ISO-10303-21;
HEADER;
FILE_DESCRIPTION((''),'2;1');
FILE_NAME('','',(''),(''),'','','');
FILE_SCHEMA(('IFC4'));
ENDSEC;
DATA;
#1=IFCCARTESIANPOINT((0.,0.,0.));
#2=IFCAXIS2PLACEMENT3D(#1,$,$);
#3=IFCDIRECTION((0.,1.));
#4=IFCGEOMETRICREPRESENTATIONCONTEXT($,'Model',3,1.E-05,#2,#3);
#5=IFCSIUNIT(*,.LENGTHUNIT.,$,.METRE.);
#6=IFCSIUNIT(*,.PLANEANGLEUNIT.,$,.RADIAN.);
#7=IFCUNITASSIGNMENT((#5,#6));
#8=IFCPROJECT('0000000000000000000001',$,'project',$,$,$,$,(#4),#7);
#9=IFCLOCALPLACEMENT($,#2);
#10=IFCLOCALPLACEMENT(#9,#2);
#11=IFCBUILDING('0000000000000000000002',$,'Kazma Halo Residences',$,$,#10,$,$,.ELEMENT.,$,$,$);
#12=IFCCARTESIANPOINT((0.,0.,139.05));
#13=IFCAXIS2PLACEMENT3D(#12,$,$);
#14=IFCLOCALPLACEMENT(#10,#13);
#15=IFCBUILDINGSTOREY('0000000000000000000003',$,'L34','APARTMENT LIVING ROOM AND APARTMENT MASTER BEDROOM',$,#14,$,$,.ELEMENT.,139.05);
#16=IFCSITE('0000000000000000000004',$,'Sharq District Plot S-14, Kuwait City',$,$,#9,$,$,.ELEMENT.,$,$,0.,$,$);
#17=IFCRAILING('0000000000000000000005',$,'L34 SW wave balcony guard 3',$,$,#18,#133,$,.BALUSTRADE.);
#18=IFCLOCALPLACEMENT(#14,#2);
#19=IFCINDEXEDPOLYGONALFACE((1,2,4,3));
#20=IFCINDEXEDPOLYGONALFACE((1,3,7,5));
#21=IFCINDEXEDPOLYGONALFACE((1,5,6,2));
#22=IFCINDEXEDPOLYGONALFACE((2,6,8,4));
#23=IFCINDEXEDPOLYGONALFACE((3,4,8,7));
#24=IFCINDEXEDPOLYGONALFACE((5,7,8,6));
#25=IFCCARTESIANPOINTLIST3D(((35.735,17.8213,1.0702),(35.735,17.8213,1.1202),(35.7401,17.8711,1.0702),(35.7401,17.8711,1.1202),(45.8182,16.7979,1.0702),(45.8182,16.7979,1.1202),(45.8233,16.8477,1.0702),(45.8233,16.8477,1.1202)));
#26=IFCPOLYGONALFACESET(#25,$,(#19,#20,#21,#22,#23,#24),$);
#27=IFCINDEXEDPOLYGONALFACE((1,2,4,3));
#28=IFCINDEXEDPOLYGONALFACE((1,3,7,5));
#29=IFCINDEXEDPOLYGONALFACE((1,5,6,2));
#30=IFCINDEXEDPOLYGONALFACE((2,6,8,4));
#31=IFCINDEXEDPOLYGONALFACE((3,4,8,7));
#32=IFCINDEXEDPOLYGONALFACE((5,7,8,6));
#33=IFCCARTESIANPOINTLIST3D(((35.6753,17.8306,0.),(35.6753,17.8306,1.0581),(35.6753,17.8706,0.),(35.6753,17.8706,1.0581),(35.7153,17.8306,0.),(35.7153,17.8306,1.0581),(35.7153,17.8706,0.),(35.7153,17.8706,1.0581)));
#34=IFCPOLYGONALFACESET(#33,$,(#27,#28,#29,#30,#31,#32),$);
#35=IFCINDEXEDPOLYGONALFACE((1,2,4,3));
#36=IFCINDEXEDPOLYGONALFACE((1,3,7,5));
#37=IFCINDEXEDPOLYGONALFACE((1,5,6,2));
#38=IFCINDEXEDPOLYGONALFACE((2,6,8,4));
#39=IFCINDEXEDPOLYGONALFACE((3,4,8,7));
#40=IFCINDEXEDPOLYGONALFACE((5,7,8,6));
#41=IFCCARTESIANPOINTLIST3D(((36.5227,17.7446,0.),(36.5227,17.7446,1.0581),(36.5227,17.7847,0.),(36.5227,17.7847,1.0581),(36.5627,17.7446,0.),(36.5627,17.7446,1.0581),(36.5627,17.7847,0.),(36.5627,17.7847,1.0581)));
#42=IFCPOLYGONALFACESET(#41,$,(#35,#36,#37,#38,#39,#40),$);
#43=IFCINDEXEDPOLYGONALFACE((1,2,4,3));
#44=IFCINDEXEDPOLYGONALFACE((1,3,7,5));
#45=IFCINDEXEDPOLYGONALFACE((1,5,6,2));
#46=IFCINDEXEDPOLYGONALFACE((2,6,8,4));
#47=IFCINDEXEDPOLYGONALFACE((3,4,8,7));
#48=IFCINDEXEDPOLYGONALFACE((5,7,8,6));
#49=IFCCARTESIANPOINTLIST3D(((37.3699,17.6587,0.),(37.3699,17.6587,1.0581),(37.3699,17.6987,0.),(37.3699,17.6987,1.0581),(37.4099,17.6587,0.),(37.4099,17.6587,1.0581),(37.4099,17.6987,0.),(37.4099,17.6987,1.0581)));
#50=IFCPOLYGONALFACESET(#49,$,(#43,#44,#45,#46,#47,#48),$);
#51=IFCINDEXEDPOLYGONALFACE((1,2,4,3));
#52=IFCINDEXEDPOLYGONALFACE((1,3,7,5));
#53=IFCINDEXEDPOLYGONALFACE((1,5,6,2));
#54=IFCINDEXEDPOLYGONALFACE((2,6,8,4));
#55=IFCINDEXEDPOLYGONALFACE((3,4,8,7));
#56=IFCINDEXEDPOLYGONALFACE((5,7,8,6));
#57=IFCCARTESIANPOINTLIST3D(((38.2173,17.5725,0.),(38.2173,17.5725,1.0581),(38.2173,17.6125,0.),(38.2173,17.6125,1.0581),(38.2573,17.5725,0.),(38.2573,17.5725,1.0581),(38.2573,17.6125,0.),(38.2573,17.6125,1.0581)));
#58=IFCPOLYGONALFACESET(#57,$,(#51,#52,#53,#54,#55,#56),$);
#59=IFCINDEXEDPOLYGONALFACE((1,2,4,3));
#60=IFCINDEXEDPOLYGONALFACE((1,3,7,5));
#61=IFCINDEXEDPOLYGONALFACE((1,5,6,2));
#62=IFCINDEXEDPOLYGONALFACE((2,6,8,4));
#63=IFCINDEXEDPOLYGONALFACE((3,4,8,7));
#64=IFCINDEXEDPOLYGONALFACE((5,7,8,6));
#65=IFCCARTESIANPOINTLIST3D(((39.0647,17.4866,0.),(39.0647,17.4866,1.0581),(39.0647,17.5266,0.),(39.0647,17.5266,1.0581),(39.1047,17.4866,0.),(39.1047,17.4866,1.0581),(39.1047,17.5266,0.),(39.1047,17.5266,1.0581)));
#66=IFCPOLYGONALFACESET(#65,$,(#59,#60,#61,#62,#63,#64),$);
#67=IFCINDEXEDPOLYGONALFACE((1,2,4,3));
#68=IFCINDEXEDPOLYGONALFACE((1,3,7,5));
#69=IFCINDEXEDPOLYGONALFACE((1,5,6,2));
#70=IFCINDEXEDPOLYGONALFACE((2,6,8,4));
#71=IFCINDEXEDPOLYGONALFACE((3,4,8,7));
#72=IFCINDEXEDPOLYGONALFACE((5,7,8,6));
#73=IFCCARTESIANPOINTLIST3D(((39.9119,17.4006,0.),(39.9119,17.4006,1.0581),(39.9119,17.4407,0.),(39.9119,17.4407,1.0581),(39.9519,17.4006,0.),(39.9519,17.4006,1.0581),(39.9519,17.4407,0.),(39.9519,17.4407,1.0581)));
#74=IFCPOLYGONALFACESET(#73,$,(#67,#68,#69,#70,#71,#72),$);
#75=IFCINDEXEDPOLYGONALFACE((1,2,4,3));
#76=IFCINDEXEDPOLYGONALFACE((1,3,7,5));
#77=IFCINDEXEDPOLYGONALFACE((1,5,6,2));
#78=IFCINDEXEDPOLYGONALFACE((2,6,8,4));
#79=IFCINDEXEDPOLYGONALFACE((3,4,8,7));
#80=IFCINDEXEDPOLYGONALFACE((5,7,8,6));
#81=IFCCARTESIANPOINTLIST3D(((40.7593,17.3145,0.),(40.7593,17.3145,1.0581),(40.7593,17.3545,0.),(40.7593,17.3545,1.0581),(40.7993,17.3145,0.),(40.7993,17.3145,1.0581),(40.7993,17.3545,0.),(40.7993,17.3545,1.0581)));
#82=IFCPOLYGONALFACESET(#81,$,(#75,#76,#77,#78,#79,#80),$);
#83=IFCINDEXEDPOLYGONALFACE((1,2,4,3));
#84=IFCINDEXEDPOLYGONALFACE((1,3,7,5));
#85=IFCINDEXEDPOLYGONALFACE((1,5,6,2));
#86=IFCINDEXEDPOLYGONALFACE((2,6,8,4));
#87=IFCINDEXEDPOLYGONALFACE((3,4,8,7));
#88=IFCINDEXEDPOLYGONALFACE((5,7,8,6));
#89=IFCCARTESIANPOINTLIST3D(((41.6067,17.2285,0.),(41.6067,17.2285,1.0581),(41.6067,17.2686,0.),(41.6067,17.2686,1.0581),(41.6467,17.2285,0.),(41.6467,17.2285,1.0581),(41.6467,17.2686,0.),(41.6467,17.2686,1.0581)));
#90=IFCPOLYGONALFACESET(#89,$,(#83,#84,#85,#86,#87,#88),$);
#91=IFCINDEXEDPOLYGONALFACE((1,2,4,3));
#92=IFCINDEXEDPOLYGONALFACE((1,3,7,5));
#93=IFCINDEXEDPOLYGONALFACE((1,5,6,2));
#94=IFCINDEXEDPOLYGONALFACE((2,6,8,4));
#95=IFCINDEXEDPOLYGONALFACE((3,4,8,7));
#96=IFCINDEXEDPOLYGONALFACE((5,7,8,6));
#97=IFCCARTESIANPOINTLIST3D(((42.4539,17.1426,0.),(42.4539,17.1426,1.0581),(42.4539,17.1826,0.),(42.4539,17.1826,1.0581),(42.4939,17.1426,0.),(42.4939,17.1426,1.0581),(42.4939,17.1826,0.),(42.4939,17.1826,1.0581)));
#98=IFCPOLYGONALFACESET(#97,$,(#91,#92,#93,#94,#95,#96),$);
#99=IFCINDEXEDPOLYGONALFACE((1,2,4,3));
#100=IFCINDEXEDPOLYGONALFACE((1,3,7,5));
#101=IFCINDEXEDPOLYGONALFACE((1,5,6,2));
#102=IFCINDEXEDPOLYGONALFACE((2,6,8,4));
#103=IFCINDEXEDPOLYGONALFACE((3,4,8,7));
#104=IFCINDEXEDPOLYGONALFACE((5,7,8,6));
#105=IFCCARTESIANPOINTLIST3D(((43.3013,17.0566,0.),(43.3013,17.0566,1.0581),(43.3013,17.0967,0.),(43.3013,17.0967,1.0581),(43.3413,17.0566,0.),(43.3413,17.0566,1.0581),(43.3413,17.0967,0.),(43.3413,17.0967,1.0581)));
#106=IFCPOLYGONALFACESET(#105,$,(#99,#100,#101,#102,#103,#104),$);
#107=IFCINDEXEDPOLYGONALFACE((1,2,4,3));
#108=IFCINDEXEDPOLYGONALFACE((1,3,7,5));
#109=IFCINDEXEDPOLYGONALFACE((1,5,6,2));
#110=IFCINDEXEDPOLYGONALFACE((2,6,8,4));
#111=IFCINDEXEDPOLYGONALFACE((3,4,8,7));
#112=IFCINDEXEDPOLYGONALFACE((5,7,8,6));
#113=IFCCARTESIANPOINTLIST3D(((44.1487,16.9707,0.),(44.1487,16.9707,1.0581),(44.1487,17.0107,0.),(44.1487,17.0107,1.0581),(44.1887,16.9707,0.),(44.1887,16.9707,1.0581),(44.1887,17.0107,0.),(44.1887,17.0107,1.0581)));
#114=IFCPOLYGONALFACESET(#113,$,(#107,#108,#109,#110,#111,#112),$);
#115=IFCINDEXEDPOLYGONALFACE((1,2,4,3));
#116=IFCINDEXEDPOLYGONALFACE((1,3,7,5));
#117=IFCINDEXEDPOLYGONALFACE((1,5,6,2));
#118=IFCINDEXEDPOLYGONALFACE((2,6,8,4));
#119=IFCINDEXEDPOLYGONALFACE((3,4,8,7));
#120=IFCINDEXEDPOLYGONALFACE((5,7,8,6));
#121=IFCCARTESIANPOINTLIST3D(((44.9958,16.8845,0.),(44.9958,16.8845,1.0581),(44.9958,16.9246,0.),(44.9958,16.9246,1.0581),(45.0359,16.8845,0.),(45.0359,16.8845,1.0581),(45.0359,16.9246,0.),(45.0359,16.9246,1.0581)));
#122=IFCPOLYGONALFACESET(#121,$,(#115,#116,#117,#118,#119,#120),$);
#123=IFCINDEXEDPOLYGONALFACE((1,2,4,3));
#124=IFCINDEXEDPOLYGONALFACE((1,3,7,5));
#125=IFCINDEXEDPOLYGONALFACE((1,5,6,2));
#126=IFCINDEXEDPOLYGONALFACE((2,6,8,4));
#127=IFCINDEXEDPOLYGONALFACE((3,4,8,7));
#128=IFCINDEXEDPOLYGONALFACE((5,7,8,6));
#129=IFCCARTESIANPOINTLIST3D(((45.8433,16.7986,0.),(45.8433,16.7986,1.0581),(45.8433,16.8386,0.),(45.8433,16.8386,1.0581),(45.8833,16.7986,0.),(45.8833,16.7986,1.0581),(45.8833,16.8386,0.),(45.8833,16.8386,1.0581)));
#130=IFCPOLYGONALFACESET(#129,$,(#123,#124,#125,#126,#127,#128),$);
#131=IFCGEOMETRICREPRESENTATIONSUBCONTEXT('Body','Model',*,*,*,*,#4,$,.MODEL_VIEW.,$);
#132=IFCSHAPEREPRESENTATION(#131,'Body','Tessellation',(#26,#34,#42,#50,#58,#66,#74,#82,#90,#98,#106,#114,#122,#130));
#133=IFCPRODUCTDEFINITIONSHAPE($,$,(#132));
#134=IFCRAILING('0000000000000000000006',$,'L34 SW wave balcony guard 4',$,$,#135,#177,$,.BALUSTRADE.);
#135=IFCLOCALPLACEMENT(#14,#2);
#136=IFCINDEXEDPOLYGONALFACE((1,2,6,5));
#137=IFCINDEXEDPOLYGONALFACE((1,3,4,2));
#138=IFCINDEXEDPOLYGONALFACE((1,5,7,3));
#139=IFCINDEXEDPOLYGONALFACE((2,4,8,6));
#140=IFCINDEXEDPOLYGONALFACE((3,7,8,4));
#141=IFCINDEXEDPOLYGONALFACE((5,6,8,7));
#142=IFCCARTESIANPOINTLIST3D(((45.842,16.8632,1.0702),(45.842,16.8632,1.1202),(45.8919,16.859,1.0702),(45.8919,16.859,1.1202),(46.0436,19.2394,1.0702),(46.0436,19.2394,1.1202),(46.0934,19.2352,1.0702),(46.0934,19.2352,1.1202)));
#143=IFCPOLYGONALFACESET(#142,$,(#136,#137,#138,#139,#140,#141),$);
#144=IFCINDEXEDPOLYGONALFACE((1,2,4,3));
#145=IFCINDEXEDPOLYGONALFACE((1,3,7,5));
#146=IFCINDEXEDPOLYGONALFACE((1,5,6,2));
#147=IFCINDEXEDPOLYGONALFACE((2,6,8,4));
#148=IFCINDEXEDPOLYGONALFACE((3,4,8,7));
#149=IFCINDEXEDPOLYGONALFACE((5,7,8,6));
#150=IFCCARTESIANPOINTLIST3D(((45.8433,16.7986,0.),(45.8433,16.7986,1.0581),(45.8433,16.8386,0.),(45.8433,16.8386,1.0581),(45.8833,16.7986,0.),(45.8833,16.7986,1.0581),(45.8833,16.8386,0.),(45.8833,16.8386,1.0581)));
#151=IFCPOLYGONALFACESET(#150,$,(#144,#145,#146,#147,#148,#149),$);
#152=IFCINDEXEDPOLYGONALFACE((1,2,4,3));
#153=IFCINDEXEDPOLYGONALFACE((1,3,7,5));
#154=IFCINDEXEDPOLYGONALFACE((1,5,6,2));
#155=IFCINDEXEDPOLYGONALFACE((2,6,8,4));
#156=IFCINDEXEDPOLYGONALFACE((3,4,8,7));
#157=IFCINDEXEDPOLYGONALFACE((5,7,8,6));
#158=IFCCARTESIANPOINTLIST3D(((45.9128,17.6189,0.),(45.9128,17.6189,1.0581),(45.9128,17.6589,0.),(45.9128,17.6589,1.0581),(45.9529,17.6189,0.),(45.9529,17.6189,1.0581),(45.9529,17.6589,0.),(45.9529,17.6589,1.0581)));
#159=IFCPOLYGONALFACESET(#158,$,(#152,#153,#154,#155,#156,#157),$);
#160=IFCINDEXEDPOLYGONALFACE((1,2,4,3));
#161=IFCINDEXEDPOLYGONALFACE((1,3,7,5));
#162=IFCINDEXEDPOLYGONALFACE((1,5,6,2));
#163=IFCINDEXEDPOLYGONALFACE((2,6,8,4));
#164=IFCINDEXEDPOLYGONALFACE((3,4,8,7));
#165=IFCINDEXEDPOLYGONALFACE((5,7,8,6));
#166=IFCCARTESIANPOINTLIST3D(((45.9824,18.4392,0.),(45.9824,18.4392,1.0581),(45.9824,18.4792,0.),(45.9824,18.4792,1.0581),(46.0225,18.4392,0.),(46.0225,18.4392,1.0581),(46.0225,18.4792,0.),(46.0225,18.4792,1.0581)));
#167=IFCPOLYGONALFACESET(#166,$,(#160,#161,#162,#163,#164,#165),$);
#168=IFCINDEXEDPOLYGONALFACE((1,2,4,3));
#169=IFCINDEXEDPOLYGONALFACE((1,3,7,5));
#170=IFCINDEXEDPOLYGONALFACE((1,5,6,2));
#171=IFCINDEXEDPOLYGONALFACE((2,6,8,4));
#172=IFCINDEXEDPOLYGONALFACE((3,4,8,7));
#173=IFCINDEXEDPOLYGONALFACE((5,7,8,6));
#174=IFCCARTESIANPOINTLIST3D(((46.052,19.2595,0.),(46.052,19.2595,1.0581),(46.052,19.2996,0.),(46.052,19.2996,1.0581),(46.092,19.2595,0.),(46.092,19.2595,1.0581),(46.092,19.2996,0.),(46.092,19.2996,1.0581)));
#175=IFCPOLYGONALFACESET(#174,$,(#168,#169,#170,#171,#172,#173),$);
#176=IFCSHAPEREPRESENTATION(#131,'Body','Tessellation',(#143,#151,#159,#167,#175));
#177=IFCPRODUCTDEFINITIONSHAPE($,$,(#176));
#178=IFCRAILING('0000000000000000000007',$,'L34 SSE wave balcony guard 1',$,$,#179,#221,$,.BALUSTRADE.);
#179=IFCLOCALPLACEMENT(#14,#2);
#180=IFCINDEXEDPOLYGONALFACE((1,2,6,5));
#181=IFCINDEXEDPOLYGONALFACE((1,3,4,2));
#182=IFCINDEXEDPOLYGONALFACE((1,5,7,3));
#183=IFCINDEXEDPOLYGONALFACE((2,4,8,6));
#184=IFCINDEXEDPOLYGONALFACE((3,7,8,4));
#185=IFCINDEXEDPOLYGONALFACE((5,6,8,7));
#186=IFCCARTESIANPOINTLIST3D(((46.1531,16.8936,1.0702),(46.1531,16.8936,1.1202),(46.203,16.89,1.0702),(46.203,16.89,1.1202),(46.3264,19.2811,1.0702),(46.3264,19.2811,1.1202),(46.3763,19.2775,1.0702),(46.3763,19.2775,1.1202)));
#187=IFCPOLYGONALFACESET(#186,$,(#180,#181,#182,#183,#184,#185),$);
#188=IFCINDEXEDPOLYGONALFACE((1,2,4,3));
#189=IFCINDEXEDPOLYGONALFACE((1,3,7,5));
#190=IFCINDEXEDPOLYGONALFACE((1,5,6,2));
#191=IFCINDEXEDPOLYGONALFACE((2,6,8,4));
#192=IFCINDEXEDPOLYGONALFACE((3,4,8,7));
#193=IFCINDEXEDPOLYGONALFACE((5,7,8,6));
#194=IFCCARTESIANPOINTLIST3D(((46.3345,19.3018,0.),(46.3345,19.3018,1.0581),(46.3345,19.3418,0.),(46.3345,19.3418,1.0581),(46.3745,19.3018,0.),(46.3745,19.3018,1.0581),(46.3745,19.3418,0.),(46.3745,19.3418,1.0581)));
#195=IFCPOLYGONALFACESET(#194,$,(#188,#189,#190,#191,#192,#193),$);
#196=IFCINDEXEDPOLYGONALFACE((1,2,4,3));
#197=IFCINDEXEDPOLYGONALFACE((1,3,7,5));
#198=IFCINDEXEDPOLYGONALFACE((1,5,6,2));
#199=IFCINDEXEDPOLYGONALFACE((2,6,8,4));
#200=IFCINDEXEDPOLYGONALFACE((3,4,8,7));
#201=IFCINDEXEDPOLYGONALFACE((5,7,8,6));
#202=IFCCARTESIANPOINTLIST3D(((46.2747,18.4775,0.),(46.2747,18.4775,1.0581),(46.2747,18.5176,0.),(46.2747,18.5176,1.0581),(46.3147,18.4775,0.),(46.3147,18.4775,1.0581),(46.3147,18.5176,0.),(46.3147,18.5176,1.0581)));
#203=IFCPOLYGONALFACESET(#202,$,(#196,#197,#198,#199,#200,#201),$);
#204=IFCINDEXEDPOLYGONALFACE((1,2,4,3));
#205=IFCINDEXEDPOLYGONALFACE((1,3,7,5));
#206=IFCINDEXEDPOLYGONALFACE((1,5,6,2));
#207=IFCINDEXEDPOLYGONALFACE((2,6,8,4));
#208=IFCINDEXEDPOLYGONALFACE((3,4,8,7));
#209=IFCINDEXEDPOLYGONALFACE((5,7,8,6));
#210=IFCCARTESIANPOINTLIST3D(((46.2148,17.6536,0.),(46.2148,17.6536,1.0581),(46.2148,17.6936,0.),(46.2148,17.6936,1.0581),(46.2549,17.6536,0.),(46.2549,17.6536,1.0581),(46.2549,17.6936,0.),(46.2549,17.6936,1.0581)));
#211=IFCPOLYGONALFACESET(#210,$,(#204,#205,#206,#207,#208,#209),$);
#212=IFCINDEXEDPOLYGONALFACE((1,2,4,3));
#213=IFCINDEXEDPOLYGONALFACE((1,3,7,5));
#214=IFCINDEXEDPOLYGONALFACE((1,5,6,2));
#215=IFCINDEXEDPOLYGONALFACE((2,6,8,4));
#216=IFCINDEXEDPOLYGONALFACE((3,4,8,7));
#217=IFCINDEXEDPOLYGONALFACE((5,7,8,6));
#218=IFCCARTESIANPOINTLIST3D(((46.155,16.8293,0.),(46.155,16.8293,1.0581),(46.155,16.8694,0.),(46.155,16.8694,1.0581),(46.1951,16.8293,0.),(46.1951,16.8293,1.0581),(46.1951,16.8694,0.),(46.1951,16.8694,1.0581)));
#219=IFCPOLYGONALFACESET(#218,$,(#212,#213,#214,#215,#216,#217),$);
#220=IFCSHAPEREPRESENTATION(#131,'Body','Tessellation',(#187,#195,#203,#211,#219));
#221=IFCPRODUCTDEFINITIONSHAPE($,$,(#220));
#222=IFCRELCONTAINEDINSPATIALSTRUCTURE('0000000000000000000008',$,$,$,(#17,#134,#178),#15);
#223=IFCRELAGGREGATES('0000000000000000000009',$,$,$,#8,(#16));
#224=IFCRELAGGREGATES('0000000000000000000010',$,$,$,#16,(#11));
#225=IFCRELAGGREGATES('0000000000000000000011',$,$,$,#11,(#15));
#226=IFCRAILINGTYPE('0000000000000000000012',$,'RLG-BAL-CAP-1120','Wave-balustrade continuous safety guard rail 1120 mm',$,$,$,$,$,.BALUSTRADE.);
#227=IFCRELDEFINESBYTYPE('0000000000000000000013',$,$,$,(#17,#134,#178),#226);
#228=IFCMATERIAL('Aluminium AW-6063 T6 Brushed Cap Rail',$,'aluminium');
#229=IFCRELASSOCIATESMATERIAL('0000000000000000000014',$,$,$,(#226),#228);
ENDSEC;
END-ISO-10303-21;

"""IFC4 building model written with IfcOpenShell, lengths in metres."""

from ifc_helpers import new_model, si_unit, direction, frame, origin, origin_2d, place, context, subcontext, project, spatial, rectangle, extrude, material, type_object, element, save


model = new_model("IFC4")

# Units and contexts
model_context = context("Model", 3, precision=1e-05, world=origin(), true_north=direction((0.0, 1.0)))
body_context = subcontext(model_context, "Body", "Model", "MODEL_VIEW")
ifc_project = project(units=[si_unit("LENGTHUNIT", "METRE"), si_unit("PLANEANGLEUNIT", "RADIAN")], contexts=[model_context])

# Site, building, storey
site_placement = place(None, origin())
site = spatial("IfcSite", under=ifc_project, at=site_placement, Name="Sharq District Plot S-14, Kuwait City", CompositionType="ELEMENT", RefElevation=0.0)
building_placement = place(site_placement, origin())
building = spatial("IfcBuilding", under=site, at=building_placement, Name="Kazma Halo Residences", CompositionType="ELEMENT")
storey_placement = place(building_placement, frame((0.0, 0.0, 139.05)))
storey = spatial("IfcBuildingStorey", under=building, at=storey_placement, Name="L34", Description="APARTMENT LIVING ROOM AND APARTMENT MASTER BEDROOM", CompositionType="ELEMENT", Elevation=139.05)

# Railings
ifc_material_1 = material(Name="Aluminium AW-6063 T6 Brushed Cap Rail", Category="aluminium")
railing_type = type_object("IfcRailingType", Name="RLG-BAL-CAP-1120", Description="Wave-balustrade continuous safety guard rail 1120 mm", PredefinedType="BALUSTRADE", material=ifc_material_1)
railing_1_placement = place(storey_placement, frame((35.6953, 17.8506, 0.0)))
element("IfcRailing", 1, at=railing_1_placement, inside=storey, type_object=railing_type, Name="L34 SW wave balcony guard 3", PredefinedType="BALUSTRADE", context=body_context, shape_type="SweptSolid", body=[
    extrude(rectangle(XDim=0.05, YDim=0.05, at=origin_2d()), frame((0.0422, -0.0044, 1.0952), z_axis=(0.994889, -0.100975, 0.0), x_axis=(0.100975, 0.994889, 0.0)), (0.0, 0.0, 1.0), 10.135),
    extrude(rectangle(XDim=0.04, YDim=0.04, at=origin_2d()), origin(), (0.0, 0.0, 1.0), 1.0581),
    extrude(rectangle(XDim=0.04, YDim=0.04, at=origin_2d()), frame((0.8474, -0.0859, 0.0)), (0.0, 0.0, 1.0), 1.0581),
    extrude(rectangle(XDim=0.04, YDim=0.04, at=origin_2d()), frame((1.6946, -0.1719, 0.0)), (0.0, 0.0, 1.0), 1.0581),
    extrude(rectangle(XDim=0.04, YDim=0.04, at=origin_2d()), frame((2.542, -0.2581, 0.0)), (0.0, 0.0, 1.0), 1.0581),
    extrude(rectangle(XDim=0.04, YDim=0.04, at=origin_2d()), frame((3.3894, -0.344, 0.0)), (0.0, 0.0, 1.0), 1.0581),
    extrude(rectangle(XDim=0.04, YDim=0.04, at=origin_2d()), frame((4.2366, -0.4299, 0.0)), (0.0, 0.0, 1.0), 1.0581),
    extrude(rectangle(XDim=0.04, YDim=0.04, at=origin_2d()), frame((5.084, -0.5161, 0.0)), (0.0, 0.0, 1.0), 1.0581),
    extrude(rectangle(XDim=0.04, YDim=0.04, at=origin_2d()), frame((5.9314, -0.6021, 0.0)), (0.0, 0.0, 1.0), 1.0581),
    extrude(rectangle(XDim=0.04, YDim=0.04, at=origin_2d()), frame((6.7786, -0.688, 0.0)), (0.0, 0.0, 1.0), 1.0581),
    extrude(rectangle(XDim=0.04, YDim=0.04, at=origin_2d()), frame((7.626, -0.7739, 0.0)), (0.0, 0.0, 1.0), 1.0581),
    extrude(rectangle(XDim=0.04, YDim=0.04, at=origin_2d()), frame((8.4734, -0.8599, 0.0)), (0.0, 0.0, 1.0), 1.0581),
    extrude(rectangle(XDim=0.04, YDim=0.04, at=origin_2d()), frame((9.3206, -0.946, 0.0)), (0.0, 0.0, 1.0), 1.0581),
    extrude(rectangle(XDim=0.04, YDim=0.04, at=origin_2d()), frame((10.168, -1.032, 0.0)), (0.0, 0.0, 1.0), 1.0581),
])
railing_2_placement = place(storey_placement, frame((45.8633, 16.8186, 0.0)))
element("IfcRailing", 2, at=railing_2_placement, inside=storey, type_object=railing_type, Name="L34 SW wave balcony guard 4", PredefinedType="BALUSTRADE", context=body_context, shape_type="SweptSolid", body=[
    extrude(rectangle(XDim=0.05, YDim=0.05, at=origin_2d()), frame((0.0037, 0.0425, 1.0952), z_axis=(0.084518, 0.996422, 0.0), x_axis=(-0.996422, 0.084518, 0.0)), (0.0, 0.0, 1.0), 2.3848),
    extrude(rectangle(XDim=0.04, YDim=0.04, at=origin_2d()), origin(), (0.0, 0.0, 1.0), 1.0581),
    extrude(rectangle(XDim=0.04, YDim=0.04, at=origin_2d()), frame((0.0696, 0.8203, 0.0)), (0.0, 0.0, 1.0), 1.0581),
    extrude(rectangle(XDim=0.04, YDim=0.04, at=origin_2d()), frame((0.1392, 1.6406, 0.0)), (0.0, 0.0, 1.0), 1.0581),
    extrude(rectangle(XDim=0.04, YDim=0.04, at=origin_2d()), frame((0.2087, 2.4609, 0.0)), (0.0, 0.0, 1.0), 1.0581),
])
railing_3_placement = place(storey_placement, frame((46.3545, 19.3218, 0.0)))
element("IfcRailing", 3, at=railing_3_placement, inside=storey, type_object=railing_type, Name="L34 SSE wave balcony guard 1", PredefinedType="BALUSTRADE", context=body_context, shape_type="SweptSolid", body=[
    extrude(rectangle(XDim=0.05, YDim=0.05, at=origin_2d()), frame((-0.0032, -0.0425, 1.0952), z_axis=(-0.072388, -0.997377, 0.0), x_axis=(0.997377, -0.072388, 0.0)), (0.0, 0.0, 1.0), 2.3938),
    extrude(rectangle(XDim=0.04, YDim=0.04, at=origin_2d()), origin(), (0.0, 0.0, 1.0), 1.0581),
    extrude(rectangle(XDim=0.04, YDim=0.04, at=origin_2d()), frame((-0.0598, -0.8242, 0.0)), (0.0, 0.0, 1.0), 1.0581),
    extrude(rectangle(XDim=0.04, YDim=0.04, at=origin_2d()), frame((-0.1196, -1.6482, 0.0)), (0.0, 0.0, 1.0), 1.0581),
    extrude(rectangle(XDim=0.04, YDim=0.04, at=origin_2d()), frame((-0.1794, -2.4724, 0.0)), (0.0, 0.0, 1.0), 1.0581),
])

save(model, "model.ifc")
